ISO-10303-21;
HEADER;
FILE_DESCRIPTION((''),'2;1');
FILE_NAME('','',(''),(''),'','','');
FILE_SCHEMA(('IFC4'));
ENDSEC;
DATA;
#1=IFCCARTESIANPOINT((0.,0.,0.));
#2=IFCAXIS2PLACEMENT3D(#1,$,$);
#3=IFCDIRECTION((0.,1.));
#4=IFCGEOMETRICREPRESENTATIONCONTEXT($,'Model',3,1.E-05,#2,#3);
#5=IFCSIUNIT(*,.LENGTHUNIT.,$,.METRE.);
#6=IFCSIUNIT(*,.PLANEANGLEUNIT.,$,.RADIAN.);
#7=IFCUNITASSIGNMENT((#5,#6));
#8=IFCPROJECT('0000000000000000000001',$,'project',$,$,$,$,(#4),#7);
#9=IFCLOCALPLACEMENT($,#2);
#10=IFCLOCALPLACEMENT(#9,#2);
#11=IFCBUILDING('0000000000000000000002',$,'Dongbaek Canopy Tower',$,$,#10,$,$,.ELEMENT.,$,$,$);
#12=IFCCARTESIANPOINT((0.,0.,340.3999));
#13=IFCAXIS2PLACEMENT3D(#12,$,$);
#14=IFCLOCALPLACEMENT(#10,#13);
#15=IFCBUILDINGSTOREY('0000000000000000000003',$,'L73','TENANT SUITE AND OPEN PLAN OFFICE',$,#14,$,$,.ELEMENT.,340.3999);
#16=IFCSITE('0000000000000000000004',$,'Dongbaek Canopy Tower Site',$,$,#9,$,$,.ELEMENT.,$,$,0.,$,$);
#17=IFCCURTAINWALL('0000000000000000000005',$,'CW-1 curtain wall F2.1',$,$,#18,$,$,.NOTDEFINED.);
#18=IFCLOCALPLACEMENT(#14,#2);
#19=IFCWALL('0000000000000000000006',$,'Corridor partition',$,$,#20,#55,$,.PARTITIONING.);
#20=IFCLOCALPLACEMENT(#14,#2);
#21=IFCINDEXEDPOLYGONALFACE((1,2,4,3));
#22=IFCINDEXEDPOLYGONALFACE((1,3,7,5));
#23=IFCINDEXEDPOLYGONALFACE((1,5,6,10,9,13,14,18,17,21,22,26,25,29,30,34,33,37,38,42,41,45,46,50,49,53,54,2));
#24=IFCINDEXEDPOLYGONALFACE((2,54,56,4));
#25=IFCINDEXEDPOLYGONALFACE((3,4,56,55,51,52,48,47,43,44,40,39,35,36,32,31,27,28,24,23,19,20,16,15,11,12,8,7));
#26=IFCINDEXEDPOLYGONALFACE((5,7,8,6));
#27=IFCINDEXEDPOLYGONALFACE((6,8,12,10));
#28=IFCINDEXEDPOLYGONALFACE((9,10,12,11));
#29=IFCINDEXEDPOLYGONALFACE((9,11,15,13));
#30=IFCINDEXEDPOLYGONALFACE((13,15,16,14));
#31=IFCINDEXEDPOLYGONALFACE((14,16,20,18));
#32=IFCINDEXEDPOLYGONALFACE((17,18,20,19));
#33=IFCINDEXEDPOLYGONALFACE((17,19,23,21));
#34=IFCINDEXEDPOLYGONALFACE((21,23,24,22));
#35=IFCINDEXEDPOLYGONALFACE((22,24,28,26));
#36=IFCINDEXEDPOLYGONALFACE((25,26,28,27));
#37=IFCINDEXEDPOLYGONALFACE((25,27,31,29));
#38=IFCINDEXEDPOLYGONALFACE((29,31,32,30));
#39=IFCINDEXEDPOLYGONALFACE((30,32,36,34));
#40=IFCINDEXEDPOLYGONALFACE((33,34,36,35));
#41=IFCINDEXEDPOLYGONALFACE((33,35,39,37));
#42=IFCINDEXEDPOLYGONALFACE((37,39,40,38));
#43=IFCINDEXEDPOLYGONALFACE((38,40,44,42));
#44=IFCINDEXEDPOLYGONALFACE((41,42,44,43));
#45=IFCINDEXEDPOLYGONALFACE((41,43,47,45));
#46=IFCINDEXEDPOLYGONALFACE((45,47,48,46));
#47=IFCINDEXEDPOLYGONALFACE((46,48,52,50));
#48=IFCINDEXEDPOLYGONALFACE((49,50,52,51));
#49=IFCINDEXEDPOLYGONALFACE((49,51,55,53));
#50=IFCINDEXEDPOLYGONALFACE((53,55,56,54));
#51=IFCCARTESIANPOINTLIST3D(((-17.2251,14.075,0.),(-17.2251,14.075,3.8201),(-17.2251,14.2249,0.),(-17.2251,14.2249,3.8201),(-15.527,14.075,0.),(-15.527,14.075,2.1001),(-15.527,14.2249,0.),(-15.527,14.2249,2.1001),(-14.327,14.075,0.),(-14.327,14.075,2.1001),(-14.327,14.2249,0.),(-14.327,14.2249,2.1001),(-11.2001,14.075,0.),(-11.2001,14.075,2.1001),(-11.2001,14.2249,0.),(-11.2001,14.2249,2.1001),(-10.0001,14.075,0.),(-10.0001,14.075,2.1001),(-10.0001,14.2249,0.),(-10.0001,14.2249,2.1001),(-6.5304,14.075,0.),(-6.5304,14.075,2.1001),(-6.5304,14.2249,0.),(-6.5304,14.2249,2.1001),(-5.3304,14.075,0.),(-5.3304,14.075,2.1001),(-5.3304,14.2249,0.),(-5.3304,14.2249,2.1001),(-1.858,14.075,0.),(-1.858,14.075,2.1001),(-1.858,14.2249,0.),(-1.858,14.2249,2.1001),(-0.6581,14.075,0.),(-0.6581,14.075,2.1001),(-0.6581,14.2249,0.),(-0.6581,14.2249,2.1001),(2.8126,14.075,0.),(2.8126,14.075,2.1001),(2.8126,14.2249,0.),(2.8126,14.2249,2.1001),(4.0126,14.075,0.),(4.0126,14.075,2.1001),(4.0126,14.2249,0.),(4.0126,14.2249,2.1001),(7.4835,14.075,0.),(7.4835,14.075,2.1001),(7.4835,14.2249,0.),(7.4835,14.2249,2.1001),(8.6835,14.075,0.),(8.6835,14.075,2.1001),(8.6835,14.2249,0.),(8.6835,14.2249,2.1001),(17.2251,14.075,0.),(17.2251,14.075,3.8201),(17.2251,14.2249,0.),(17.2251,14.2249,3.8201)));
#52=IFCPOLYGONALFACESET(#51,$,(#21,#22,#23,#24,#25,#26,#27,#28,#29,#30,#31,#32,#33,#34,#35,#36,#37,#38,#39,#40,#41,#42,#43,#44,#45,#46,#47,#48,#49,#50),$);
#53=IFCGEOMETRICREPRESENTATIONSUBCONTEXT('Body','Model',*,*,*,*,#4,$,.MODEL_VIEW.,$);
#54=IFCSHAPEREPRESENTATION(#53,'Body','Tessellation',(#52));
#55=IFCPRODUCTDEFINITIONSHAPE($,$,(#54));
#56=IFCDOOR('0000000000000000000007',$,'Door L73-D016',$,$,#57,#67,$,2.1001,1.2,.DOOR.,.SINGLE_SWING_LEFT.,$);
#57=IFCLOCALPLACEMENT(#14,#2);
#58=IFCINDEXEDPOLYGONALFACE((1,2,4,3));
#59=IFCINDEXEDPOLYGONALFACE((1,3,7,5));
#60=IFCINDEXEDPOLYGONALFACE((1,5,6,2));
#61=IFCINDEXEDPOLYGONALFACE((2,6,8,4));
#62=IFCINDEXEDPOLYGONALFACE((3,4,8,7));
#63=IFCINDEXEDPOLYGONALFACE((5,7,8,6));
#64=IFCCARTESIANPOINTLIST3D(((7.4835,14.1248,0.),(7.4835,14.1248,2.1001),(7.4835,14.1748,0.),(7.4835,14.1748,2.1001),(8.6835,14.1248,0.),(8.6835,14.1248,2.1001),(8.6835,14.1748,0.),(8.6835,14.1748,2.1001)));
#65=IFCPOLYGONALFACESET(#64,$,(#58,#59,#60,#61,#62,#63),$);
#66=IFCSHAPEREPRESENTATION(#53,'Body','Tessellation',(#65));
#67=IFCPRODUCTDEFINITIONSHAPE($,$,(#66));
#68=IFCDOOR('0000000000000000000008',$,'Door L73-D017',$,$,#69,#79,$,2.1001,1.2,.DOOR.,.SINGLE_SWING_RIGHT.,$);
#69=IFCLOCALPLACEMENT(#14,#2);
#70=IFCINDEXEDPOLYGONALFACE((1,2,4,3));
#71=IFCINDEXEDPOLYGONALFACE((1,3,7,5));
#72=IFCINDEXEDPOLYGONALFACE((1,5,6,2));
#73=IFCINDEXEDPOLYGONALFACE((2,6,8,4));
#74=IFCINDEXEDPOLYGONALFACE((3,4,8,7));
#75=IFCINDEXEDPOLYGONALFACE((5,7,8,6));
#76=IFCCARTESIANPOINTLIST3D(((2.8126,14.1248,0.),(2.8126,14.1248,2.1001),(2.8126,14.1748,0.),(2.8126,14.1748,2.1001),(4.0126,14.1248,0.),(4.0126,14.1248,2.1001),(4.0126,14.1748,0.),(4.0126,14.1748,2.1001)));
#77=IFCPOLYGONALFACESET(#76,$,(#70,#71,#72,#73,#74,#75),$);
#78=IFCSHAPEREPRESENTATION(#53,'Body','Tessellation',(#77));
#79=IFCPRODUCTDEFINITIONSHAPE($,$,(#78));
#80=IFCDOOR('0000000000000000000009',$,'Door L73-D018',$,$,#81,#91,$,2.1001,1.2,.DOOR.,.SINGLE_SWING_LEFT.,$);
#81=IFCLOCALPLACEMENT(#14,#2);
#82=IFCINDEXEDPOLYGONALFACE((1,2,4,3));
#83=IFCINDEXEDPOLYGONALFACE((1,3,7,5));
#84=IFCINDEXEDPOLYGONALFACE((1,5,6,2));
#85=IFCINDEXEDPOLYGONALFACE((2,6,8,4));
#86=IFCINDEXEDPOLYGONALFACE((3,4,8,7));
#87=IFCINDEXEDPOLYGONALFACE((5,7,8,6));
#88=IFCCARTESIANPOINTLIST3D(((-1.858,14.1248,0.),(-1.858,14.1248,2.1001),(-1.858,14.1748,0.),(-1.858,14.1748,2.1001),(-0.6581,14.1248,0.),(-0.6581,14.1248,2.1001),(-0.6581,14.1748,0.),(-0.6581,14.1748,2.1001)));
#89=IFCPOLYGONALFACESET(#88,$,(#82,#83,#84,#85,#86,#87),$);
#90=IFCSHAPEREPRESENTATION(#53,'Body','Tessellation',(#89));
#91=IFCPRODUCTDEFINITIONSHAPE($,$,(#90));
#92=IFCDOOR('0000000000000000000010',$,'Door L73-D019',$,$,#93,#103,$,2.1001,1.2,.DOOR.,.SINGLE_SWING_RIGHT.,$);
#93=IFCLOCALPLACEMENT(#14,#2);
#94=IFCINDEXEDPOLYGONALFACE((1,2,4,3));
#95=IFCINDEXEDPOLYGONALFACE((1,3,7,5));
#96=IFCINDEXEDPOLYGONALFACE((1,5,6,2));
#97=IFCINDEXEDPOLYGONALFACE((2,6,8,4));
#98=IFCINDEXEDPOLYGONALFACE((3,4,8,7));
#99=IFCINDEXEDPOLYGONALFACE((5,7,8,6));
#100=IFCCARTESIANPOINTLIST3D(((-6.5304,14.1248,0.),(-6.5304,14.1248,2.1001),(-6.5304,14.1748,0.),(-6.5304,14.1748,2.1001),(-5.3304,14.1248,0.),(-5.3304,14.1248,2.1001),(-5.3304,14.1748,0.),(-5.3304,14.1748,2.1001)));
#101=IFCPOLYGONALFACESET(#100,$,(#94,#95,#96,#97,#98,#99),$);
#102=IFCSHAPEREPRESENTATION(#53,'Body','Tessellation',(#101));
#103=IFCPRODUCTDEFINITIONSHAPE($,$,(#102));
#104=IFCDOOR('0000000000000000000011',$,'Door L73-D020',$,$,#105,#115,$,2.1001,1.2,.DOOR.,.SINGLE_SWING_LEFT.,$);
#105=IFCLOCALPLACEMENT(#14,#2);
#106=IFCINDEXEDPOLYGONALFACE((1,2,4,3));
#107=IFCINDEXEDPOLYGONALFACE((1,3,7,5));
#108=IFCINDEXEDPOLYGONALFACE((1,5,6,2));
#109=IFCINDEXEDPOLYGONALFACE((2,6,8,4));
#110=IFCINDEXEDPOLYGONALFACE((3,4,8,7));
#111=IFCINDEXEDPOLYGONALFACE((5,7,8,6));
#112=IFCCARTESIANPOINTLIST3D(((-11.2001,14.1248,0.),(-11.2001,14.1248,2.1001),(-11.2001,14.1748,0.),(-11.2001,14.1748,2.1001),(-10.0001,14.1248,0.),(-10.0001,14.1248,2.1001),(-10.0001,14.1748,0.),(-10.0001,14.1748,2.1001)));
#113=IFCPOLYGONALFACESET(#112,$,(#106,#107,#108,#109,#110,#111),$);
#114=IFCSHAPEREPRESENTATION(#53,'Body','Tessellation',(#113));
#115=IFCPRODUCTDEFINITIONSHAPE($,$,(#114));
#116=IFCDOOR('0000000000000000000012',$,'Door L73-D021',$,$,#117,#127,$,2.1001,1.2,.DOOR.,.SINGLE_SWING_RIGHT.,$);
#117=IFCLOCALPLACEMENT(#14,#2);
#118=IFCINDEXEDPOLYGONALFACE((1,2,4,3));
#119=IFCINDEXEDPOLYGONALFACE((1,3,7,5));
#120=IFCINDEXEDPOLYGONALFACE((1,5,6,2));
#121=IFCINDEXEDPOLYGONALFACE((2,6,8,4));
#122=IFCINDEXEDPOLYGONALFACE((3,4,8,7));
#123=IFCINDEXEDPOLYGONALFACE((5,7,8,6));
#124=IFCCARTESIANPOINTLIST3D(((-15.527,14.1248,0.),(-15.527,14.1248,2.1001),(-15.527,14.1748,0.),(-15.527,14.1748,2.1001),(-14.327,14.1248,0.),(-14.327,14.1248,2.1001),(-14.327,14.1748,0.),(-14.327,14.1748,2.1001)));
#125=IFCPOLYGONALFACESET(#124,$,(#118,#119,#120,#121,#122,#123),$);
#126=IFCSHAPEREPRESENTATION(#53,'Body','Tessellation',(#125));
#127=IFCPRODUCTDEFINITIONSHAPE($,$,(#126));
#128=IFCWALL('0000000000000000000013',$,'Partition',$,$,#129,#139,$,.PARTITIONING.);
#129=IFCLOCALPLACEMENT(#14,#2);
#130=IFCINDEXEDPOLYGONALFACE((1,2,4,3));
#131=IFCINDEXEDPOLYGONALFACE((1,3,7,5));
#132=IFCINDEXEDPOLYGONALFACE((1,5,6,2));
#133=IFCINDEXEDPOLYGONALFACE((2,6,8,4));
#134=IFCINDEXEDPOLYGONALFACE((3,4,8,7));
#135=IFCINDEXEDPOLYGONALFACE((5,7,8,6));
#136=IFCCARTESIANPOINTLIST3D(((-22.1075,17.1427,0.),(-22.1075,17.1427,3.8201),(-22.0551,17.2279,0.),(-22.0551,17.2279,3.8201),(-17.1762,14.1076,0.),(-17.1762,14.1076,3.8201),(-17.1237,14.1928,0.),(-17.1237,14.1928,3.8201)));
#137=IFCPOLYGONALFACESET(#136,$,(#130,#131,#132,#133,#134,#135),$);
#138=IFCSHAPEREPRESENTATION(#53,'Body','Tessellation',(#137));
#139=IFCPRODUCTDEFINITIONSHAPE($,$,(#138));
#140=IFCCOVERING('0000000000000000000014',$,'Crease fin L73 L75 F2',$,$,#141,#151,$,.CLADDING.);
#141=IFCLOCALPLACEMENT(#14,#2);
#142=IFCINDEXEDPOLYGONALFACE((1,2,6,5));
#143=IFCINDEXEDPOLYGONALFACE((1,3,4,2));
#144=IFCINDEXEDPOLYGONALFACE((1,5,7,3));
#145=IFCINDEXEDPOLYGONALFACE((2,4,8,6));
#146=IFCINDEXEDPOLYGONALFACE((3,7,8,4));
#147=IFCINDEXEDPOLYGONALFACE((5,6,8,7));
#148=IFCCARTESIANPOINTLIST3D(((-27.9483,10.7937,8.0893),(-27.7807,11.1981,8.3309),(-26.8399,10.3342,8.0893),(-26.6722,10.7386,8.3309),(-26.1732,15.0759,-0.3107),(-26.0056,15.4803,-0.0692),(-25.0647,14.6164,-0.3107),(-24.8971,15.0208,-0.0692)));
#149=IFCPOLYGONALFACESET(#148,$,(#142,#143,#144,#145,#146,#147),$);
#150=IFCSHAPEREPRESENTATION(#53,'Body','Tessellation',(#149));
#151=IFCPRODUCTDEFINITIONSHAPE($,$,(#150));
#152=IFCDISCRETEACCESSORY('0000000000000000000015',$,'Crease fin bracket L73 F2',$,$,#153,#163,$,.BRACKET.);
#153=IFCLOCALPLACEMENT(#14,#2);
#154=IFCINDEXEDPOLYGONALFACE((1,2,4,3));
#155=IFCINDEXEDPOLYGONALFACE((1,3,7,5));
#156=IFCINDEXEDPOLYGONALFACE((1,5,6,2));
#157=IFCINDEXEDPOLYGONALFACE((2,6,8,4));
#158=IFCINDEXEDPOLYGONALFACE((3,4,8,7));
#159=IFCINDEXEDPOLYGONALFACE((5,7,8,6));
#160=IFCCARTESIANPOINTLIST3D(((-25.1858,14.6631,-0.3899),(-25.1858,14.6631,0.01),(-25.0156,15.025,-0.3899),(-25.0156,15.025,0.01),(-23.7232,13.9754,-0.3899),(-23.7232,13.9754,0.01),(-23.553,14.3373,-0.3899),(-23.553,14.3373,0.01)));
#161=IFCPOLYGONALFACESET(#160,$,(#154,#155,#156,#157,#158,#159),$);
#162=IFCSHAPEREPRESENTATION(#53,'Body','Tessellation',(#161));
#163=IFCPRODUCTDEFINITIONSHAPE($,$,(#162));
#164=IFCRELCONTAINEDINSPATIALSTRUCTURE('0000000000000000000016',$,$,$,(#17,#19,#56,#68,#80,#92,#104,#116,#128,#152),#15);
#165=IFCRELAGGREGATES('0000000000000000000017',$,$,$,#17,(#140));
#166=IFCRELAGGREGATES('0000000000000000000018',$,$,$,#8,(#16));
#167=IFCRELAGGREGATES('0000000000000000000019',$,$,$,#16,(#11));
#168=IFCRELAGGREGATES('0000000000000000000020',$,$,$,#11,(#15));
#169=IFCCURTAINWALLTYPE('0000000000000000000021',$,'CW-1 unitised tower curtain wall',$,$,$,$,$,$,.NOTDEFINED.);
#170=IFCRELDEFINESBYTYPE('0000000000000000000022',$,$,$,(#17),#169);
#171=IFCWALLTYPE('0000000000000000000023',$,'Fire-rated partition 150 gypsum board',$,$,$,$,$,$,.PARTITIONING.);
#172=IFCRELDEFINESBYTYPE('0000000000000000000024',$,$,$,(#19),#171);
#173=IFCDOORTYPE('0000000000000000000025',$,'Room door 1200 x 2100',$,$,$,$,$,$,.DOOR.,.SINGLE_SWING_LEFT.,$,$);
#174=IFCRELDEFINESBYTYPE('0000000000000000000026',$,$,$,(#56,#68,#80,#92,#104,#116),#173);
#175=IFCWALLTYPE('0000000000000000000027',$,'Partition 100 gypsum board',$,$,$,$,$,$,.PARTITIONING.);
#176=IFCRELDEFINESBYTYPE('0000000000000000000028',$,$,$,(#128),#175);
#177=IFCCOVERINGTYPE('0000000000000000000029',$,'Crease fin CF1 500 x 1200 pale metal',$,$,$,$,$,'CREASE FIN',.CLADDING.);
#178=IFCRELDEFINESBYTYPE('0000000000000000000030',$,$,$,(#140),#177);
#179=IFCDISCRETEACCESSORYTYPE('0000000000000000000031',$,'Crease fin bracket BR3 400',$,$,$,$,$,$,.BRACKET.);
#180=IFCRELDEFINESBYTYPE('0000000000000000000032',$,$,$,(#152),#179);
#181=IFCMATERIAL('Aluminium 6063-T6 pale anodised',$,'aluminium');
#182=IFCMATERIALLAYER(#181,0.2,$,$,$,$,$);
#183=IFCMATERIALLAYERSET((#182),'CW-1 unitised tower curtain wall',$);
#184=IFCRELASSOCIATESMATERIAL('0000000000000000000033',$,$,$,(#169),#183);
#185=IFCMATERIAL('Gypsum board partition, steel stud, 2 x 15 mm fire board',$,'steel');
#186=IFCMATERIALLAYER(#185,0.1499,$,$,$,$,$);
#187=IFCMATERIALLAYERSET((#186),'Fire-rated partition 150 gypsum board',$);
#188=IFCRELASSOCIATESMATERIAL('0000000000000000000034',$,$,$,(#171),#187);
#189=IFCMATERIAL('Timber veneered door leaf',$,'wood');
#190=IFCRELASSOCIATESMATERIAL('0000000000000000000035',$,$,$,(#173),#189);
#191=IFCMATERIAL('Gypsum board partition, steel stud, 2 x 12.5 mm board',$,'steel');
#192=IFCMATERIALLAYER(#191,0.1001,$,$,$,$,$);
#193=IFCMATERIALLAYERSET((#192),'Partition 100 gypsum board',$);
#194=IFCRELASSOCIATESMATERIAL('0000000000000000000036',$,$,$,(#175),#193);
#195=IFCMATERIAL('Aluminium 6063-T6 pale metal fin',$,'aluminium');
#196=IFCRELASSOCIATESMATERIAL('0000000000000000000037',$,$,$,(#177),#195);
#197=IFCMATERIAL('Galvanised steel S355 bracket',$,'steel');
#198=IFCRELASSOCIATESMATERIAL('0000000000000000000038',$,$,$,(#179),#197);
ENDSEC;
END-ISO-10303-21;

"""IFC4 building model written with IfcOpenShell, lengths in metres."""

from ifc_helpers import new_model, si_unit, direction, frame, frame_2d, origin, origin_2d, place, context, subcontext, project, spatial, rectangle, extrude, material, layer, layer_set, material_profile, profile_set, type_object, element, fill, aggregate, save


model = new_model("IFC4")

# Units and contexts
model_context = context("Model", 3, precision=1e-05, world=origin(), true_north=direction((0.0, 1.0)))
body_context = subcontext(model_context, "Body", "Model", "MODEL_VIEW")
ifc_project = project(units=[si_unit("LENGTHUNIT", "METRE"), si_unit("PLANEANGLEUNIT", "RADIAN")], contexts=[model_context])

# Site, building, storey
site_placement = place(None, origin())
site = spatial("IfcSite", under=ifc_project, at=site_placement, Name="Dongbaek Canopy Tower Site", CompositionType="ELEMENT", RefElevation=0.0)
building_placement = place(site_placement, origin())
building = spatial("IfcBuilding", under=site, at=building_placement, Name="Dongbaek Canopy Tower", CompositionType="ELEMENT")
storey_placement = place(building_placement, frame((0.0, 0.0, 340.3999)))
storey = spatial("IfcBuildingStorey", under=building, at=storey_placement, Name="L73", Description="TENANT SUITE AND OPEN PLAN OFFICE", CompositionType="ELEMENT", Elevation=340.3999)

# Curtain wall
ifc_material_1 = material(Name="Aluminium 6063-T6 pale anodised", Category="aluminium")
ifc_layer_1 = layer(ifc_material_1, 0.2)
ifc_layer_set_1 = layer_set([ifc_layer_1], Name="CW-1 unitised tower curtain wall")
curtain_wall_type = type_object("IfcCurtainWallType", Name="CW-1 unitised tower curtain wall", PredefinedType="NOTDEFINED", material=ifc_layer_set_1)
curtain_wall_placement = place(storey_placement, origin())
curtain_wall = element("IfcCurtainWall", 1, at=curtain_wall_placement, inside=storey, type_object=curtain_wall_type, Name="CW-1 curtain wall F2.1", PredefinedType="NOTDEFINED")

# Wall, openings, doors
ifc_material_2 = material(Name="Gypsum board partition, steel stud, 2 x 15 mm fire board", Category="steel")
ifc_layer_2 = layer(ifc_material_2, 0.1499)
ifc_layer_set_2 = layer_set([ifc_layer_2], Name="Fire-rated partition 150 gypsum board")
wall_type_1 = type_object("IfcWallType", Name="Fire-rated partition 150 gypsum board", PredefinedType="PARTITIONING", material=ifc_layer_set_2)
wall_1_placement = place(storey_placement, frame((-17.2251, 14.1499, 0.0), z_axis=(0.0, 0.0, 1.0), x_axis=(1.0, 0.0, 0.0)))
wall_1 = element("IfcWall", 2, at=wall_1_placement, inside=storey, type_object=wall_type_1, Name="Corridor partition", PredefinedType="PARTITIONING", context=body_context, shape_type="SweptSolid", body=[
    extrude(rectangle(XDim=34.4502, YDim=0.1499, at=frame_2d((17.2251, 0.0))), origin(), (0.0, 0.0, 1.0), 3.8201),
])
opening_1_placement = place(wall_1_placement, frame((24.7085, 0.0, 0.0)))
opening_1 = element("IfcOpeningElement", 3, at=opening_1_placement, cuts=wall_1, PredefinedType="OPENING", context=body_context, shape_type="SweptSolid", body=[
    extrude(rectangle(XDim=1.2, YDim=2.1001, at=frame_2d((0.6001, 1.05))), frame((0.0, 0.085, 0.0), z_axis=(0.0, -1.0, 0.0), x_axis=(1.0, 0.0, 0.0)), (0.0, 0.0, 1.0), 0.1699),
])
opening_2_placement = place(wall_1_placement, frame((20.0376, 0.0, 0.0)))
opening_2 = element("IfcOpeningElement", 4, at=opening_2_placement, cuts=wall_1, PredefinedType="OPENING", context=body_context, shape_type="SweptSolid", body=[
    extrude(rectangle(XDim=1.2, YDim=2.1001, at=frame_2d((0.6001, 1.05))), frame((0.0, 0.085, 0.0), z_axis=(0.0, -1.0, 0.0), x_axis=(1.0, 0.0, 0.0)), (0.0, 0.0, 1.0), 0.1699),
])
opening_3_placement = place(wall_1_placement, frame((15.3669, 0.0, 0.0)))
opening_3 = element("IfcOpeningElement", 5, at=opening_3_placement, cuts=wall_1, PredefinedType="OPENING", context=body_context, shape_type="SweptSolid", body=[
    extrude(rectangle(XDim=1.2, YDim=2.1001, at=frame_2d((0.6001, 1.05))), frame((0.0, 0.085, 0.0), z_axis=(0.0, -1.0, 0.0), x_axis=(1.0, 0.0, 0.0)), (0.0, 0.0, 1.0), 0.1699),
])
opening_4_placement = place(wall_1_placement, frame((10.6946, 0.0, 0.0)))
opening_4 = element("IfcOpeningElement", 6, at=opening_4_placement, cuts=wall_1, PredefinedType="OPENING", context=body_context, shape_type="SweptSolid", body=[
    extrude(rectangle(XDim=1.2, YDim=2.1001, at=frame_2d((0.6001, 1.05))), frame((0.0, 0.085, 0.0), z_axis=(0.0, -1.0, 0.0), x_axis=(1.0, 0.0, 0.0)), (0.0, 0.0, 1.0), 0.1699),
])
opening_5_placement = place(wall_1_placement, frame((6.0249, 0.0, 0.0)))
opening_5 = element("IfcOpeningElement", 7, at=opening_5_placement, cuts=wall_1, PredefinedType="OPENING", context=body_context, shape_type="SweptSolid", body=[
    extrude(rectangle(XDim=1.2, YDim=2.1001, at=frame_2d((0.6001, 1.05))), frame((0.0, 0.085, 0.0), z_axis=(0.0, -1.0, 0.0), x_axis=(1.0, 0.0, 0.0)), (0.0, 0.0, 1.0), 0.1699),
])
opening_6_placement = place(wall_1_placement, frame((1.698, 0.0, 0.0)))
opening_6 = element("IfcOpeningElement", 8, at=opening_6_placement, cuts=wall_1, PredefinedType="OPENING", context=body_context, shape_type="SweptSolid", body=[
    extrude(rectangle(XDim=1.2, YDim=2.1001, at=frame_2d((0.6001, 1.05))), frame((0.0, 0.085, 0.0), z_axis=(0.0, -1.0, 0.0), x_axis=(1.0, 0.0, 0.0)), (0.0, 0.0, 1.0), 0.1699),
])
ifc_material_3 = material(Name="Timber veneered door leaf", Category="wood")
door_type_1 = type_object("IfcDoorType", Name="Room door 1200 x 2100", OperationType="SINGLE_SWING_LEFT", PredefinedType="DOOR", material=ifc_material_3)
door_1_placement = place(opening_1_placement, origin())
door_1 = element("IfcDoor", 9, at=door_1_placement, inside=storey, type_object=door_type_1, Name="Door L73-D016", OperationType="SINGLE_SWING_LEFT", OverallHeight=2.1001, OverallWidth=1.2, PredefinedType="DOOR", context=body_context, shape_type="SweptSolid", body=[
    extrude(rectangle(XDim=1.2, YDim=2.1001, at=frame_2d((0.6001, 1.05))), frame((0.0, 0.0249, 0.0), z_axis=(0.0, -1.0, 0.0), x_axis=(1.0, 0.0, 0.0)), (0.0, 0.0, 1.0), 0.05),
])
fill(opening_1, door_1)
door_2_placement = place(opening_2_placement, origin())
door_2 = element("IfcDoor", 10, at=door_2_placement, inside=storey, type_object=door_type_1, Name="Door L73-D017", OperationType="SINGLE_SWING_RIGHT", OverallHeight=2.1001, OverallWidth=1.2, PredefinedType="DOOR", context=body_context, shape_type="SweptSolid", body=[
    extrude(rectangle(XDim=1.2, YDim=2.1001, at=frame_2d((0.6001, 1.05))), frame((0.0, 0.0249, 0.0), z_axis=(0.0, -1.0, 0.0), x_axis=(1.0, 0.0, 0.0)), (0.0, 0.0, 1.0), 0.05),
])
fill(opening_2, door_2)
door_3_placement = place(opening_3_placement, origin())
door_3 = element("IfcDoor", 11, at=door_3_placement, inside=storey, type_object=door_type_1, Name="Door L73-D018", OperationType="SINGLE_SWING_LEFT", OverallHeight=2.1001, OverallWidth=1.2, PredefinedType="DOOR", context=body_context, shape_type="SweptSolid", body=[
    extrude(rectangle(XDim=1.2, YDim=2.1001, at=frame_2d((0.6001, 1.05))), frame((0.0, 0.0249, 0.0), z_axis=(0.0, -1.0, 0.0), x_axis=(1.0, 0.0, 0.0)), (0.0, 0.0, 1.0), 0.05),
])
fill(opening_3, door_3)
door_4_placement = place(opening_4_placement, origin())
door_4 = element("IfcDoor", 12, at=door_4_placement, inside=storey, type_object=door_type_1, Name="Door L73-D019", OperationType="SINGLE_SWING_RIGHT", OverallHeight=2.1001, OverallWidth=1.2, PredefinedType="DOOR", context=body_context, shape_type="SweptSolid", body=[
    extrude(rectangle(XDim=1.2, YDim=2.1001, at=frame_2d((0.6001, 1.05))), frame((0.0, 0.0249, 0.0), z_axis=(0.0, -1.0, 0.0), x_axis=(1.0, 0.0, 0.0)), (0.0, 0.0, 1.0), 0.05),
])
fill(opening_4, door_4)
door_5_placement = place(opening_5_placement, origin())
door_5 = element("IfcDoor", 13, at=door_5_placement, inside=storey, type_object=door_type_1, Name="Door L73-D020", OperationType="SINGLE_SWING_LEFT", OverallHeight=2.1001, OverallWidth=1.2, PredefinedType="DOOR", context=body_context, shape_type="SweptSolid", body=[
    extrude(rectangle(XDim=1.2, YDim=2.1001, at=frame_2d((0.6001, 1.05))), frame((0.0, 0.0249, 0.0), z_axis=(0.0, -1.0, 0.0), x_axis=(1.0, 0.0, 0.0)), (0.0, 0.0, 1.0), 0.05),
])
fill(opening_5, door_5)
door_6_placement = place(opening_6_placement, origin())
door_6 = element("IfcDoor", 14, at=door_6_placement, inside=storey, type_object=door_type_1, Name="Door L73-D021", OperationType="SINGLE_SWING_RIGHT", OverallHeight=2.1001, OverallWidth=1.2, PredefinedType="DOOR", context=body_context, shape_type="SweptSolid", body=[
    extrude(rectangle(XDim=1.2, YDim=2.1001, at=frame_2d((0.6001, 1.05))), frame((0.0, 0.0249, 0.0), z_axis=(0.0, -1.0, 0.0), x_axis=(1.0, 0.0, 0.0)), (0.0, 0.0, 1.0), 0.05),
])
fill(opening_6, door_6)

# Wall
ifc_material_4 = material(Name="Gypsum board partition, steel stud, 2 x 12.5 mm board", Category="steel")
ifc_layer_3 = layer(ifc_material_4, 0.1001)
ifc_layer_set_3 = layer_set([ifc_layer_3], Name="Partition 100 gypsum board")
wall_type_2 = type_object("IfcWallType", Name="Partition 100 gypsum board", PredefinedType="PARTITIONING", material=ifc_layer_set_3)
wall_2_placement = place(storey_placement, frame((-22.0813, 17.1853, 0.0), z_axis=(0.0, 0.0, 1.0), x_axis=(0.851624, -0.524154, 0.0)))
element("IfcWall", 15, at=wall_2_placement, inside=storey, type_object=wall_type_2, Name="Partition", PredefinedType="PARTITIONING", context=body_context, shape_type="SweptSolid", body=[
    extrude(rectangle(XDim=5.7905, YDim=0.1001, at=frame_2d((2.8953, 0.0))), origin(), (0.0, 0.0, 1.0), 3.8201),
])

# Covering
ifc_material_5 = material(Name="Aluminium 6063-T6 pale metal fin", Category="aluminium")
ifc_material_profile_1 = material_profile(ifc_material_5, rectangle(XDim=1.2, YDim=0.5, at=origin_2d()), Name="Crease fin CF1 500 x 1200 pale metal")
ifc_profile_set_1 = profile_set([ifc_material_profile_1], Name="Aluminium 6063-T6 pale metal fin")
covering_type = type_object("IfcCoveringType", Name="Crease fin CF1 500 x 1200 pale metal", ElementType="CREASE FIN", PredefinedType="CLADDING", material=ifc_profile_set_1)
covering_placement = place(storey_placement, frame((-25.5352, 15.0483, -0.1899), z_axis=(-0.18502, -0.446329, 0.875533), x_axis=(0.923773, -0.382939, 0.0)))
covering = element("IfcCovering", 16, at=covering_placement, type_object=covering_type, Name="Crease fin L73 L75 F2", PredefinedType="CLADDING", context=body_context, shape_type="SweptSolid", body=[
    extrude(rectangle(XDim=1.2, YDim=0.5, at=origin_2d()), origin(), (0.0, 0.0, 1.0), 9.5942),
])
aggregate(curtain_wall, [covering])

# Discrete accessory
ifc_material_6 = material(Name="Galvanised steel S355 bracket", Category="steel")
discrete_accessory_type = type_object("IfcDiscreteAccessoryType", Name="Crease fin bracket BR3 400", PredefinedType="BRACKET", material=ifc_material_6)
discrete_accessory_placement = place(storey_placement, frame((-24.3694, 14.5002, -0.3899), z_axis=(0.0, 0.0, 1.0), x_axis=(-0.904959, 0.4255, 0.0)))
element("IfcDiscreteAccessory", 17, at=discrete_accessory_placement, inside=storey, type_object=discrete_accessory_type, Name="Crease fin bracket L73 F2", PredefinedType="BRACKET", context=body_context, shape_type="SweptSolid", body=[
    extrude(rectangle(XDim=1.6162, YDim=0.3999, at=origin_2d()), origin(), (0.0, 0.0, 1.0), 0.3999),
])

save(model, "model.ifc")
